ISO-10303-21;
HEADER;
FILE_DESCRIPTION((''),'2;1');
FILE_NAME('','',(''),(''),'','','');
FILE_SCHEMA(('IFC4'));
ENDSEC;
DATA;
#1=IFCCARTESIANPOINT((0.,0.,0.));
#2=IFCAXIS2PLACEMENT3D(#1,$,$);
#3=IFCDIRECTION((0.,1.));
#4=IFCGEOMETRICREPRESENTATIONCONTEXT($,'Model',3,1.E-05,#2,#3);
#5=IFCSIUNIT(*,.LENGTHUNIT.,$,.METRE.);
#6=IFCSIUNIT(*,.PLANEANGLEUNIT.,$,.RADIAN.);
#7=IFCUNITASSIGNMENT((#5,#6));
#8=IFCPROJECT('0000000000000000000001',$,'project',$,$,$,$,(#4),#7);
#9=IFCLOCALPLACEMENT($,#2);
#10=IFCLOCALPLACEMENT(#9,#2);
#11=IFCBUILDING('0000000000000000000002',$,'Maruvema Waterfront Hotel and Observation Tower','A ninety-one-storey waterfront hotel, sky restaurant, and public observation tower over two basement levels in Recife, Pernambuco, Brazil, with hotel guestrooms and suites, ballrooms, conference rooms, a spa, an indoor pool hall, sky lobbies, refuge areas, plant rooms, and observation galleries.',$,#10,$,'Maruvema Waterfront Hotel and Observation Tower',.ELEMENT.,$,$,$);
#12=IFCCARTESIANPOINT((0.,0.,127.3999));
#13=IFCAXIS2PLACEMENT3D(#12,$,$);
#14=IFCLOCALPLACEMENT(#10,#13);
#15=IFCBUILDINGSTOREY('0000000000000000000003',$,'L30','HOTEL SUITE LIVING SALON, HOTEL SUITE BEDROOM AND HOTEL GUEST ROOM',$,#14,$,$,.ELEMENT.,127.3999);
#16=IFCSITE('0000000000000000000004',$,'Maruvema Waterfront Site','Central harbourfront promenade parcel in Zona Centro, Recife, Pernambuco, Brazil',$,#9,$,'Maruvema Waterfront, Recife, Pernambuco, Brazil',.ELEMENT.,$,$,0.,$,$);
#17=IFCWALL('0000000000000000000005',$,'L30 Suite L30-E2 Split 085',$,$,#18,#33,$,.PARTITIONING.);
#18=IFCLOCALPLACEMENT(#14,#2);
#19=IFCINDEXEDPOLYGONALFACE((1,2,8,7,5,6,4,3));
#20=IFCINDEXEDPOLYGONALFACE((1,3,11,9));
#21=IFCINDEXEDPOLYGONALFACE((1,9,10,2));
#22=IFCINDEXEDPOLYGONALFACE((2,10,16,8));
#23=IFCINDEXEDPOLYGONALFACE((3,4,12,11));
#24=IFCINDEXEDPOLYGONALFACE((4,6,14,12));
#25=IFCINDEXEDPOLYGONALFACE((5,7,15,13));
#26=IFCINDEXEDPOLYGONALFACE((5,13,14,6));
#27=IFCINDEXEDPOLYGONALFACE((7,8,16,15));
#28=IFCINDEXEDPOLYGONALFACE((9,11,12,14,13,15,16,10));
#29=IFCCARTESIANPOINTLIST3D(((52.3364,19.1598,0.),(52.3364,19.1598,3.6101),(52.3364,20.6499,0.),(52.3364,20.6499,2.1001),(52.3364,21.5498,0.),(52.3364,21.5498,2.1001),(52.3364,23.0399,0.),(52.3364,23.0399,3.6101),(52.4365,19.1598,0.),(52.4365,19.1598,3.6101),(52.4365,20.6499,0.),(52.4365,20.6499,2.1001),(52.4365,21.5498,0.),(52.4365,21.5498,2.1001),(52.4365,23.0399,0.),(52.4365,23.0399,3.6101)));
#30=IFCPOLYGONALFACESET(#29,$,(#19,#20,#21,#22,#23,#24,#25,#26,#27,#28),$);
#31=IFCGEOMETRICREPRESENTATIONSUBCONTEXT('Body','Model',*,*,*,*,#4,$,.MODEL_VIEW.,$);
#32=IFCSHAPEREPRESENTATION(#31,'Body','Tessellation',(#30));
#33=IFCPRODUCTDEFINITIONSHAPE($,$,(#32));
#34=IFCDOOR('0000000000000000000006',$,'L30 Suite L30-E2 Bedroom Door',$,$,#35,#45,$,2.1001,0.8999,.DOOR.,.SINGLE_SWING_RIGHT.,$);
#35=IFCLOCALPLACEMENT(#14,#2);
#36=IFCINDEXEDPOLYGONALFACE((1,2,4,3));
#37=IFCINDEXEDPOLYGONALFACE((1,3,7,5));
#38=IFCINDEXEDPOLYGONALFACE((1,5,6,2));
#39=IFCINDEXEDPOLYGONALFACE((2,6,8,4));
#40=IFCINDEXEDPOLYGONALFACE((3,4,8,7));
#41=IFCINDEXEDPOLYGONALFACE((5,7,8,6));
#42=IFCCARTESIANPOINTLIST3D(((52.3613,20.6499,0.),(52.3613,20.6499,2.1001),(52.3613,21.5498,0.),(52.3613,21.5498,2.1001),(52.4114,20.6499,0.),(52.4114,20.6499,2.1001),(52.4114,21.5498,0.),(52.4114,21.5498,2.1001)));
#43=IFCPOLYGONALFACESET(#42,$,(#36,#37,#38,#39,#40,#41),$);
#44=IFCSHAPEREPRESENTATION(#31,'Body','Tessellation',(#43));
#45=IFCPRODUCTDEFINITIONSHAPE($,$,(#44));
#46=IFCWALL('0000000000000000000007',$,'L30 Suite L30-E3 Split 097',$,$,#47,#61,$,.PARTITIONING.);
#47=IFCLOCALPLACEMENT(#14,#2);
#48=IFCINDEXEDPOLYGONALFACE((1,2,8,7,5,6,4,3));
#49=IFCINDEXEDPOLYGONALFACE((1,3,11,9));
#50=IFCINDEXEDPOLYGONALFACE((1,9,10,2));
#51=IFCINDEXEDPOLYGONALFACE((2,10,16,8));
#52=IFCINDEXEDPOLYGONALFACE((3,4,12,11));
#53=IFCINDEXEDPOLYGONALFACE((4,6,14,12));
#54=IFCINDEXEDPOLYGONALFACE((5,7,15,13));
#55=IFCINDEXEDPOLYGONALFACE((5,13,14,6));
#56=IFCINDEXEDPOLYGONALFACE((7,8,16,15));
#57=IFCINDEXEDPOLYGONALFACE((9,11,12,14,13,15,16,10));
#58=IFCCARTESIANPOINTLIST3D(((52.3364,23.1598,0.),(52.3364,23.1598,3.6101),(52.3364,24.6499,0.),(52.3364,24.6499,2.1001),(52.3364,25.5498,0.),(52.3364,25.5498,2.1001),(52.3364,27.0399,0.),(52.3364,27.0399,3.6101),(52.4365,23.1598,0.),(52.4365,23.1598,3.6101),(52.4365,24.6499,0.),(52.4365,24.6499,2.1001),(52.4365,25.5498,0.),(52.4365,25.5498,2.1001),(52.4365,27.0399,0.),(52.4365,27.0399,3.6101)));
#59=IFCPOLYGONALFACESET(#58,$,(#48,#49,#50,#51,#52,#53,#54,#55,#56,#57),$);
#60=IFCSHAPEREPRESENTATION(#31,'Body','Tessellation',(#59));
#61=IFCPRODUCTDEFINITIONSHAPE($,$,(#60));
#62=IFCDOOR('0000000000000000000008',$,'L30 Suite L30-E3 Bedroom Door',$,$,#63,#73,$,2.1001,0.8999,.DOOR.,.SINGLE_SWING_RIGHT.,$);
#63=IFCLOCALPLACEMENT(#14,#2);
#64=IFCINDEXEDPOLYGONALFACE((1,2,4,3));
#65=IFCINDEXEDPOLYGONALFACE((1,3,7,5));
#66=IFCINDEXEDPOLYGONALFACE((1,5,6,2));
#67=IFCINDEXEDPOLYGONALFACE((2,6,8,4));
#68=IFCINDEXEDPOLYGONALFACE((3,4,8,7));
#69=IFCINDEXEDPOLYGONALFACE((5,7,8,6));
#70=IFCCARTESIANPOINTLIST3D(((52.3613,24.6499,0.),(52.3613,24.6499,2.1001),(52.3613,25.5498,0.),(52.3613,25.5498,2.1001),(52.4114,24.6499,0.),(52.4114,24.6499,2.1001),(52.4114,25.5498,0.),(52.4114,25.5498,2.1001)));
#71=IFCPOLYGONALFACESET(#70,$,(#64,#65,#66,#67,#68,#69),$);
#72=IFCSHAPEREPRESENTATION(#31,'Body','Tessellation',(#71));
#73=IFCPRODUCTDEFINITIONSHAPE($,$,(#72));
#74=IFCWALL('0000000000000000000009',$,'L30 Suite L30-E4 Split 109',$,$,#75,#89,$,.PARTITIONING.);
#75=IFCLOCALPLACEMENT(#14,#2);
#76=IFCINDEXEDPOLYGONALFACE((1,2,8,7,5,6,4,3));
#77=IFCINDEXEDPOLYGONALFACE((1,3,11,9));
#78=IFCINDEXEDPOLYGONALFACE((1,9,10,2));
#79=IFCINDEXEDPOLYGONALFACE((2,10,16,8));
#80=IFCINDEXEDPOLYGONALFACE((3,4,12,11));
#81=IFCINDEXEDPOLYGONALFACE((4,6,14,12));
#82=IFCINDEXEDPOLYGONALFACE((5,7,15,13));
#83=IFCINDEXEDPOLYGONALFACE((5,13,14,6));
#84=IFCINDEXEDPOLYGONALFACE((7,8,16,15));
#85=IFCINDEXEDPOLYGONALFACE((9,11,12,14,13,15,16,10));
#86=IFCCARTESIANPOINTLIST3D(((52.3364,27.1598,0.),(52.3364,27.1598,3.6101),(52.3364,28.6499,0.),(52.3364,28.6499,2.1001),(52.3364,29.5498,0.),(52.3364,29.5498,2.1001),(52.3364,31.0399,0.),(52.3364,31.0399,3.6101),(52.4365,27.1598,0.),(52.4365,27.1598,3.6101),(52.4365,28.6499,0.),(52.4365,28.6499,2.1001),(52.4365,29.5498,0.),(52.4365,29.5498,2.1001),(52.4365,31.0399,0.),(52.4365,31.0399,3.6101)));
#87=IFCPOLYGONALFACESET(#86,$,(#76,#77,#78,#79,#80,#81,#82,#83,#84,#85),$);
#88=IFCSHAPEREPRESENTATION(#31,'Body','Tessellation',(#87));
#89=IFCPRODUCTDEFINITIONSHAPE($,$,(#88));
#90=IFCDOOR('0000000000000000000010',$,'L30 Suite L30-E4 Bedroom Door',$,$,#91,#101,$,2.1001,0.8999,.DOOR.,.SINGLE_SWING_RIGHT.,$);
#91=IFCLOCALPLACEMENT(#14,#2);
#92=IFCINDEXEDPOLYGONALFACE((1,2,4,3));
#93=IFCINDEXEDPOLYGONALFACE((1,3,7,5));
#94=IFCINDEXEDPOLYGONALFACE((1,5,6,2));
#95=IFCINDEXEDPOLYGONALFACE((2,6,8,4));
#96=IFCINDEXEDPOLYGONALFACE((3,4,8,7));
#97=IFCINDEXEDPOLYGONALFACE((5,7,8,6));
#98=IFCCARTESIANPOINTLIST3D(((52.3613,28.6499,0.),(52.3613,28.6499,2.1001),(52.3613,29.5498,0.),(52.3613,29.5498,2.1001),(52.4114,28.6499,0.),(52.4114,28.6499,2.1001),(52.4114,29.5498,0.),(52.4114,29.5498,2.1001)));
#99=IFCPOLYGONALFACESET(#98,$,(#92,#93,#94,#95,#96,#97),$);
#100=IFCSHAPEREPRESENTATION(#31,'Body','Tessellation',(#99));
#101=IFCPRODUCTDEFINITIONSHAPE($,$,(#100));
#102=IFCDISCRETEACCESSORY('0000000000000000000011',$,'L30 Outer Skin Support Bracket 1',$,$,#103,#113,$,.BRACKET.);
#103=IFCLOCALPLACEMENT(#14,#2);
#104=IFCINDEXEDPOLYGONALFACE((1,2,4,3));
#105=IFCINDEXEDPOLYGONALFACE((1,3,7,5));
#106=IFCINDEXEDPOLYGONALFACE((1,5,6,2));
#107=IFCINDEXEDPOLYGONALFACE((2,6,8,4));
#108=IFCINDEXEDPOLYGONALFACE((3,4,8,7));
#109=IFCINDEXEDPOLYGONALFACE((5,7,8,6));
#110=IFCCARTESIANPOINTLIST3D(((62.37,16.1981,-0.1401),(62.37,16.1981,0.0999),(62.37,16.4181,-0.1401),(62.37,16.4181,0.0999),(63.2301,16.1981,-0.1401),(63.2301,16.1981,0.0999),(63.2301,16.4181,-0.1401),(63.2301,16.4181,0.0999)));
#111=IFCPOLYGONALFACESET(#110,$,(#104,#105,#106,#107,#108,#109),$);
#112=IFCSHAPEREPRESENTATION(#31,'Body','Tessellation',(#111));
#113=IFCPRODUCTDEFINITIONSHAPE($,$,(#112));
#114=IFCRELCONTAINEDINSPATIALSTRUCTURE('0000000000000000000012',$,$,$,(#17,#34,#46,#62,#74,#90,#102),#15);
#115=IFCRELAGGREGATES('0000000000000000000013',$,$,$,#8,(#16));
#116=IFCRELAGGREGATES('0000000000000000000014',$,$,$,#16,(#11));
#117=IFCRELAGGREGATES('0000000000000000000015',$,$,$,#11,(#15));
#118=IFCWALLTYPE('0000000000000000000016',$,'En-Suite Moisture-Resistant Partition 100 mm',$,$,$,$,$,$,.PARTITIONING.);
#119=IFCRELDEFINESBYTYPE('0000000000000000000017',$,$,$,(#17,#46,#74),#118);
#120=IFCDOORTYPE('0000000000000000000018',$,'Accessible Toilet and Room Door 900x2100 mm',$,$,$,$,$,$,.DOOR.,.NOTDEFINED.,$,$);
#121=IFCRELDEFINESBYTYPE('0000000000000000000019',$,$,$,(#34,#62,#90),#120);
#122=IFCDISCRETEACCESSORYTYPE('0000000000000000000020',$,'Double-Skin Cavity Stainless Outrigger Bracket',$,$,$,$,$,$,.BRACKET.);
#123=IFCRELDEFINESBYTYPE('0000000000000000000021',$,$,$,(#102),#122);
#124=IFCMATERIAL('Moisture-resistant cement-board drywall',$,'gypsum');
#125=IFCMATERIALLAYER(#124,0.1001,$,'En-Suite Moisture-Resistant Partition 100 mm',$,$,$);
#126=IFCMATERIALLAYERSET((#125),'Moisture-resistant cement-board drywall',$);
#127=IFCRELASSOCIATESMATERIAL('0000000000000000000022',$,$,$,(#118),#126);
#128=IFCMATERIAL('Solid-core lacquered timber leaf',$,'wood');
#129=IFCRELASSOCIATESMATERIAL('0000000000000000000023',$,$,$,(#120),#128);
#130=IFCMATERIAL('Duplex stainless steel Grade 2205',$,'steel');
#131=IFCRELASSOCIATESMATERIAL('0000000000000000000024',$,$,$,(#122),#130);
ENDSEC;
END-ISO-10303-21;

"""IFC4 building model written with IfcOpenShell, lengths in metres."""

from ifc_helpers import new_model, si_unit, direction, frame, frame_2d, origin, origin_2d, place, context, subcontext, project, spatial, rectangle, extrude, material, layer, layer_set, type_object, element, fill, save


model = new_model("IFC4")

# Units and contexts
model_context = context("Model", 3, precision=1e-05, world=origin(), true_north=direction((0.0, 1.0)))
body_context = subcontext(model_context, "Body", "Model", "MODEL_VIEW")
ifc_project = project(units=[si_unit("LENGTHUNIT", "METRE"), si_unit("PLANEANGLEUNIT", "RADIAN")], contexts=[model_context])

# Site, building, storey
site_placement = place(None, origin())
site = spatial("IfcSite", under=ifc_project, at=site_placement, Name="Maruvema Waterfront Site", Description="Central harbourfront promenade parcel in Zona Centro, Recife, Pernambuco, Brazil", LongName="Maruvema Waterfront, Recife, Pernambuco, Brazil", CompositionType="ELEMENT", RefElevation=0.0)
building_placement = place(site_placement, origin())
building = spatial("IfcBuilding", under=site, at=building_placement, Name="Maruvema Waterfront Hotel and Observation Tower", Description="A ninety-one-storey waterfront hotel, sky restaurant, and public observation tower over two basement levels in Recife, Pernambuco, Brazil, with hotel guestrooms and suites, ballrooms, conference rooms, a spa, an indoor pool hall, sky lobbies, refuge areas, plant rooms, and observation galleries.", LongName="Maruvema Waterfront Hotel and Observation Tower", CompositionType="ELEMENT")
storey_placement = place(building_placement, frame((0.0, 0.0, 127.3999)))
storey = spatial("IfcBuildingStorey", under=building, at=storey_placement, Name="L30", Description="HOTEL SUITE LIVING SALON, HOTEL SUITE BEDROOM AND HOTEL GUEST ROOM", CompositionType="ELEMENT", Elevation=127.3999)

# Walls, openings, doors
ifc_material_1 = material(Name="Moisture-resistant cement-board drywall", Category="gypsum")
ifc_layer_1 = layer(ifc_material_1, 0.1001, Name="En-Suite Moisture-Resistant Partition 100 mm")
ifc_layer_set_1 = layer_set([ifc_layer_1], Name="Moisture-resistant cement-board drywall")
wall_type = type_object("IfcWallType", Name="En-Suite Moisture-Resistant Partition 100 mm", PredefinedType="PARTITIONING", material=ifc_layer_set_1)
ifc_material_2 = material(Name="Solid-core lacquered timber leaf", Category="wood")
door_type = type_object("IfcDoorType", Name="Accessible Toilet and Room Door 900x2100 mm", OperationType="NOTDEFINED", PredefinedType="DOOR", material=ifc_material_2)
wall_1_placement = place(storey_placement, frame((52.3865, 19.1599, 0.0), z_axis=(0.0, 0.0, 1.0), x_axis=(0.0, 1.0, 0.0)))
wall_1 = element("IfcWall", 1, at=wall_1_placement, inside=storey, type_object=wall_type, Name="L30 Suite L30-E2 Split 085", PredefinedType="PARTITIONING", context=body_context, shape_type="SweptSolid", body=[
    extrude(rectangle(XDim=3.8801, YDim=0.1001, at=frame_2d((1.9399, 0.0))), origin(), (0.0, 0.0, 1.0), 3.6101),
])
opening_1_placement = place(wall_1_placement, frame((1.49, 0.0, 0.0)))
opening_1 = element("IfcOpeningElement", 2, at=opening_1_placement, cuts=wall_1, PredefinedType="OPENING", context=body_context, shape_type="SweptSolid", body=[
    extrude(rectangle(XDim=0.8999, YDim=2.1001, at=frame_2d((0.45, 1.05))), frame((0.0, 0.0601, 0.0), z_axis=(0.0, -1.0, 0.0), x_axis=(1.0, 0.0, 0.0)), (0.0, 0.0, 1.0), 0.1201),
])
door_1_placement = place(opening_1_placement, frame((0.8999, 0.0, 0.0), z_axis=(0.0, 0.0, 1.0), x_axis=(-1.0, 0.0, 0.0)))
door_1 = element("IfcDoor", 3, at=door_1_placement, inside=storey, type_object=door_type, Name="L30 Suite L30-E2 Bedroom Door", OperationType="SINGLE_SWING_RIGHT", OverallHeight=2.1001, OverallWidth=0.8999, PredefinedType="DOOR", context=body_context, shape_type="SweptSolid", body=[
    extrude(rectangle(XDim=0.8999, YDim=2.1001, at=frame_2d((0.45, 1.05))), frame((0.0, 0.0249, 0.0), z_axis=(0.0, -1.0, 0.0), x_axis=(1.0, 0.0, 0.0)), (0.0, 0.0, 1.0), 0.05),
])
fill(opening_1, door_1)
wall_2_placement = place(storey_placement, frame((52.3865, 23.1599, 0.0), z_axis=(0.0, 0.0, 1.0), x_axis=(0.0, 1.0, 0.0)))
wall_2 = element("IfcWall", 4, at=wall_2_placement, inside=storey, type_object=wall_type, Name="L30 Suite L30-E3 Split 097", PredefinedType="PARTITIONING", context=body_context, shape_type="SweptSolid", body=[
    extrude(rectangle(XDim=3.8801, YDim=0.1001, at=frame_2d((1.9399, 0.0))), origin(), (0.0, 0.0, 1.0), 3.6101),
])
opening_2_placement = place(wall_2_placement, frame((1.49, 0.0, 0.0)))
opening_2 = element("IfcOpeningElement", 5, at=opening_2_placement, cuts=wall_2, PredefinedType="OPENING", context=body_context, shape_type="SweptSolid", body=[
    extrude(rectangle(XDim=0.8999, YDim=2.1001, at=frame_2d((0.45, 1.05))), frame((0.0, 0.0601, 0.0), z_axis=(0.0, -1.0, 0.0), x_axis=(1.0, 0.0, 0.0)), (0.0, 0.0, 1.0), 0.1201),
])
door_2_placement = place(opening_2_placement, frame((0.8999, 0.0, 0.0), z_axis=(0.0, 0.0, 1.0), x_axis=(-1.0, 0.0, 0.0)))
door_2 = element("IfcDoor", 6, at=door_2_placement, inside=storey, type_object=door_type, Name="L30 Suite L30-E3 Bedroom Door", OperationType="SINGLE_SWING_RIGHT", OverallHeight=2.1001, OverallWidth=0.8999, PredefinedType="DOOR", context=body_context, shape_type="SweptSolid", body=[
    extrude(rectangle(XDim=0.8999, YDim=2.1001, at=frame_2d((0.45, 1.05))), frame((0.0, 0.0249, 0.0), z_axis=(0.0, -1.0, 0.0), x_axis=(1.0, 0.0, 0.0)), (0.0, 0.0, 1.0), 0.05),
])
fill(opening_2, door_2)
wall_3_placement = place(storey_placement, frame((52.3865, 27.1599, 0.0), z_axis=(0.0, 0.0, 1.0), x_axis=(0.0, 1.0, 0.0)))
wall_3 = element("IfcWall", 7, at=wall_3_placement, inside=storey, type_object=wall_type, Name="L30 Suite L30-E4 Split 109", PredefinedType="PARTITIONING", context=body_context, shape_type="SweptSolid", body=[
    extrude(rectangle(XDim=3.8801, YDim=0.1001, at=frame_2d((1.9399, 0.0))), origin(), (0.0, 0.0, 1.0), 3.6101),
])
opening_3_placement = place(wall_3_placement, frame((1.49, 0.0, 0.0)))
opening_3 = element("IfcOpeningElement", 8, at=opening_3_placement, cuts=wall_3, PredefinedType="OPENING", context=body_context, shape_type="SweptSolid", body=[
    extrude(rectangle(XDim=0.8999, YDim=2.1001, at=frame_2d((0.45, 1.05))), frame((0.0, 0.0601, 0.0), z_axis=(0.0, -1.0, 0.0), x_axis=(1.0, 0.0, 0.0)), (0.0, 0.0, 1.0), 0.1201),
])
door_3_placement = place(opening_3_placement, frame((0.8999, 0.0, 0.0), z_axis=(0.0, 0.0, 1.0), x_axis=(-1.0, 0.0, 0.0)))
door_3 = element("IfcDoor", 9, at=door_3_placement, inside=storey, type_object=door_type, Name="L30 Suite L30-E4 Bedroom Door", OperationType="SINGLE_SWING_RIGHT", OverallHeight=2.1001, OverallWidth=0.8999, PredefinedType="DOOR", context=body_context, shape_type="SweptSolid", body=[
    extrude(rectangle(XDim=0.8999, YDim=2.1001, at=frame_2d((0.45, 1.05))), frame((0.0, 0.0249, 0.0), z_axis=(0.0, -1.0, 0.0), x_axis=(1.0, 0.0, 0.0)), (0.0, 0.0, 1.0), 0.05),
])
fill(opening_3, door_3)

# Discrete accessory
ifc_material_3 = material(Name="Duplex stainless steel Grade 2205", Category="steel")
discrete_accessory_type = type_object("IfcDiscreteAccessoryType", Name="Double-Skin Cavity Stainless Outrigger Bracket", PredefinedType="BRACKET", material=ifc_material_3)
discrete_accessory_placement = place(storey_placement, frame((62.8, 16.3081, -0.1401), z_axis=(0.0, 0.0, 1.0), x_axis=(0.0, 1.0, 0.0)))
element("IfcDiscreteAccessory", 10, at=discrete_accessory_placement, inside=storey, type_object=discrete_accessory_type, Name="L30 Outer Skin Support Bracket 1", PredefinedType="BRACKET", context=body_context, shape_type="SweptSolid", body=[
    extrude(rectangle(XDim=0.22, YDim=0.8601, at=origin_2d()), origin(), (0.0, 0.0, 1.0), 0.24),
])

save(model, "model.ifc")
